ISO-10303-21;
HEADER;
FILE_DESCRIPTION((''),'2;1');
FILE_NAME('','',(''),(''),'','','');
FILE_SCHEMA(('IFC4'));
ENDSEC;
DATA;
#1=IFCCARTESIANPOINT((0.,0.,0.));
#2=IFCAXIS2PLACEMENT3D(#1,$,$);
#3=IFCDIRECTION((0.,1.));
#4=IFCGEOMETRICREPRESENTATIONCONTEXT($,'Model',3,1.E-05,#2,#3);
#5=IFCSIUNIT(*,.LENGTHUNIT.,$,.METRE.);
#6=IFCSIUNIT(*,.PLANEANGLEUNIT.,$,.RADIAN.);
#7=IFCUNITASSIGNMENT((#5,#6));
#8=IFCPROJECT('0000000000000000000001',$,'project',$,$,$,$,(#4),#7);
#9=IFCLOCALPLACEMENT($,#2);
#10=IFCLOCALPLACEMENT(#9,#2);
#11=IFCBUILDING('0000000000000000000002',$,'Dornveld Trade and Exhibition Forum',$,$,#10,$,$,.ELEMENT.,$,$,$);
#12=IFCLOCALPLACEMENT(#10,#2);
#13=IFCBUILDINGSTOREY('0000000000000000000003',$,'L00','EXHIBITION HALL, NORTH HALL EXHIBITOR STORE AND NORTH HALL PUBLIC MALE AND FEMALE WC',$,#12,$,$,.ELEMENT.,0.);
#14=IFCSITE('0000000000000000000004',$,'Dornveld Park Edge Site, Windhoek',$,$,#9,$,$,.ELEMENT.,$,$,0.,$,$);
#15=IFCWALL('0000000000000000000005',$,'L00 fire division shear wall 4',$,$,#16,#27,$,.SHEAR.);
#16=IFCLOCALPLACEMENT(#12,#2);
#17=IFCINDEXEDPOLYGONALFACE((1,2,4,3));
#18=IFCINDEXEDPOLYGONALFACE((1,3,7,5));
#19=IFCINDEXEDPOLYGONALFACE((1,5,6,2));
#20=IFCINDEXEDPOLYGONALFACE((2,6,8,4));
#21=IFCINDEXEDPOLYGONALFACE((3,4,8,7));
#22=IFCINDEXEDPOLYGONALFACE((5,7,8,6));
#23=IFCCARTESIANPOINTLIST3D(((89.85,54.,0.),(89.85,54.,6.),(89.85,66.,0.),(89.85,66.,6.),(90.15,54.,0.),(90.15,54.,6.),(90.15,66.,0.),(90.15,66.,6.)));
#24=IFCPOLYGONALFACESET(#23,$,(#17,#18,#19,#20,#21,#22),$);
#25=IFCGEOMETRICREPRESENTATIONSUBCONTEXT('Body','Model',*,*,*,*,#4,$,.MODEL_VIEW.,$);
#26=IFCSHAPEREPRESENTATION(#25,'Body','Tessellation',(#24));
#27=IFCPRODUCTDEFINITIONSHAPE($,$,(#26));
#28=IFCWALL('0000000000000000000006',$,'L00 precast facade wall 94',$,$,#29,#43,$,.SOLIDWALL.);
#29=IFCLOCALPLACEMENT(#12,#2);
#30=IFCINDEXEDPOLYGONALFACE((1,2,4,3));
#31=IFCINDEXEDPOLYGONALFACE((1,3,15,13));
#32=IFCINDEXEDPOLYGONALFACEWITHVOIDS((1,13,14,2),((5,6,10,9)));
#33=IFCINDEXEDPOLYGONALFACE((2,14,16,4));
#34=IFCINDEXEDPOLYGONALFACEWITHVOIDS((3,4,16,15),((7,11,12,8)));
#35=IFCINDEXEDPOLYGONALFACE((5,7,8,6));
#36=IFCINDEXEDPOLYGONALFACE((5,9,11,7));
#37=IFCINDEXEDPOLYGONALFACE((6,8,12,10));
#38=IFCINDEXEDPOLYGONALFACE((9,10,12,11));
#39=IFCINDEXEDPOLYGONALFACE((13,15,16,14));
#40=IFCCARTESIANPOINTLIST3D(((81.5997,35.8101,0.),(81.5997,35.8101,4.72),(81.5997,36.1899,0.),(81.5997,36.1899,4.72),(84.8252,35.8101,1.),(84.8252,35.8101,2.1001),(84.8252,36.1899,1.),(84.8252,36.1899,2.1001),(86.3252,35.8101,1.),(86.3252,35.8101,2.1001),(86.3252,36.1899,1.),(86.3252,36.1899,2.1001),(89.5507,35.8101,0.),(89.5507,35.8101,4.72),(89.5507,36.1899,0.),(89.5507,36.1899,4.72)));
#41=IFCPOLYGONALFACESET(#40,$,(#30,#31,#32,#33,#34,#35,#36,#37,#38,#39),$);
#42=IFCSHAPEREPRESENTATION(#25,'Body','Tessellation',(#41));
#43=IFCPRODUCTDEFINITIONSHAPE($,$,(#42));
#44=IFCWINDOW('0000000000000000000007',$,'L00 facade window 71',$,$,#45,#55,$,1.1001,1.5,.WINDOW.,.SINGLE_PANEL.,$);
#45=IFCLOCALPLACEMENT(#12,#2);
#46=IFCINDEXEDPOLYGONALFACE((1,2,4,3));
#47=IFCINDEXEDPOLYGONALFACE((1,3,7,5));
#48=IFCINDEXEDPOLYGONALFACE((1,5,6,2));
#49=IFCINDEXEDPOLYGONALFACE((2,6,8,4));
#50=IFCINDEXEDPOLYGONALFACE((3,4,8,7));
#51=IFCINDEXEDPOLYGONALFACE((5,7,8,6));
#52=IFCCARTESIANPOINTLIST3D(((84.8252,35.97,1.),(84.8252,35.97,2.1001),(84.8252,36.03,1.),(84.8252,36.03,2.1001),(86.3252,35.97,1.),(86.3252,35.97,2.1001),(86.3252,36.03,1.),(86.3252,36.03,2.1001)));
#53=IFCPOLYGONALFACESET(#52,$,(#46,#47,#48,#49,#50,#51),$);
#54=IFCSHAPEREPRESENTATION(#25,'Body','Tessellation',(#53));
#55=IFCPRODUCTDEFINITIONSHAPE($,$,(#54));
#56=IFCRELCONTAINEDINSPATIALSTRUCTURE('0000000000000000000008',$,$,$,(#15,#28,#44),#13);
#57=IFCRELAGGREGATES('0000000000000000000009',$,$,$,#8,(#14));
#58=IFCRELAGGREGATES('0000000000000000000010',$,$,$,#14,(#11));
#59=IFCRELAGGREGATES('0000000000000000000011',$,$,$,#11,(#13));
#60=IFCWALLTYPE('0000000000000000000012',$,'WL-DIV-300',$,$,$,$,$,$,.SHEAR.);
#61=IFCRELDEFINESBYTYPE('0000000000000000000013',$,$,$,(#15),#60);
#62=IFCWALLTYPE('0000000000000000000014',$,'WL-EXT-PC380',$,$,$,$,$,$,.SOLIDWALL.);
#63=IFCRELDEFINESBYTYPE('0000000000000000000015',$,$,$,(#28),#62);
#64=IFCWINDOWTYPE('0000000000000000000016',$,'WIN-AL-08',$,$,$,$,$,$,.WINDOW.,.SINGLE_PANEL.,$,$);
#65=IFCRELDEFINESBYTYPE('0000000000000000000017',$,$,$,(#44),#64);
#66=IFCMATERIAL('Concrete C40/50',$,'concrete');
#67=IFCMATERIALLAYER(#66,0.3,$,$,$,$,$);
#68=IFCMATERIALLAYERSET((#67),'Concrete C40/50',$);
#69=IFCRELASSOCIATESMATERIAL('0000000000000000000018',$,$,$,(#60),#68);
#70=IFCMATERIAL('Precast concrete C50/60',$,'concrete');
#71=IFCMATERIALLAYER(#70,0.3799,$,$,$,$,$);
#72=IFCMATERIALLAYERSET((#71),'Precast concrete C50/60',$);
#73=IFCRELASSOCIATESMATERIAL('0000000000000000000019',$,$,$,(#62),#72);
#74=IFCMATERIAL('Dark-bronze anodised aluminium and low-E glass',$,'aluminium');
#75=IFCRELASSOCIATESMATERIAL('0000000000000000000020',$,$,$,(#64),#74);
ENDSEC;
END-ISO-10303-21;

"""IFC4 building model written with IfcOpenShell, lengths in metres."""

from ifc_helpers import new_model, si_unit, direction, frame, frame_2d, origin, place, context, subcontext, project, spatial, rectangle, extrude, material, layer, layer_set, type_object, element, fill, save


model = new_model("IFC4")

# Units and contexts
model_context = context("Model", 3, precision=1e-05, world=origin(), true_north=direction((0.0, 1.0)))
body_context = subcontext(model_context, "Body", "Model", "MODEL_VIEW")
ifc_project = project(units=[si_unit("LENGTHUNIT", "METRE"), si_unit("PLANEANGLEUNIT", "RADIAN")], contexts=[model_context])

# Site, building, storey
site_placement = place(None, origin())
site = spatial("IfcSite", under=ifc_project, at=site_placement, Name="Dornveld Park Edge Site, Windhoek", CompositionType="ELEMENT", RefElevation=0.0)
building_placement = place(site_placement, origin())
building = spatial("IfcBuilding", under=site, at=building_placement, Name="Dornveld Trade and Exhibition Forum", CompositionType="ELEMENT")
storey_placement = place(building_placement, origin())
storey = spatial("IfcBuildingStorey", under=building, at=storey_placement, Name="L00", Description="EXHIBITION HALL, NORTH HALL EXHIBITOR STORE AND NORTH HALL PUBLIC MALE AND FEMALE WC", CompositionType="ELEMENT", Elevation=0.0)

# Wall
ifc_material_1 = material(Name="Concrete C40/50", Category="concrete")
ifc_layer_1 = layer(ifc_material_1, 0.3)
ifc_layer_set_1 = layer_set([ifc_layer_1], Name="Concrete C40/50")
wall_type_1 = type_object("IfcWallType", Name="WL-DIV-300", PredefinedType="SHEAR", material=ifc_layer_set_1)
wall_1_placement = place(storey_placement, frame((90.0, 54.0, 0.0), z_axis=(0.0, 0.0, 1.0), x_axis=(0.0, 1.0, 0.0)))
element("IfcWall", 1, at=wall_1_placement, inside=storey, type_object=wall_type_1, Name="L00 fire division shear wall 4", PredefinedType="SHEAR", context=body_context, shape_type="SweptSolid", body=[
    extrude(rectangle(XDim=12.0, YDim=0.3, at=frame_2d((6.0, 0.0))), origin(), (0.0, 0.0, 1.0), 6.0),
])

# Wall, opening, window
ifc_material_2 = material(Name="Precast concrete C50/60", Category="concrete")
ifc_layer_2 = layer(ifc_material_2, 0.3799)
ifc_layer_set_2 = layer_set([ifc_layer_2], Name="Precast concrete C50/60")
wall_type_2 = type_object("IfcWallType", Name="WL-EXT-PC380", PredefinedType="SOLIDWALL", material=ifc_layer_set_2)
wall_2_placement = place(storey_placement, frame((81.5996, 36.0, 0.0), z_axis=(0.0, 0.0, 1.0), x_axis=(1.0, 0.0, 0.0)))
wall_2 = element("IfcWall", 2, at=wall_2_placement, inside=storey, type_object=wall_type_2, Name="L00 precast facade wall 94", PredefinedType="SOLIDWALL", context=body_context, shape_type="SweptSolid", body=[
    extrude(rectangle(XDim=7.9509, YDim=0.3799, at=frame_2d((3.9756, 0.0))), origin(), (0.0, 0.0, 1.0), 4.72),
])
opening_placement = place(wall_2_placement, frame((3.2256, 0.0, 1.0)))
opening = element("IfcOpeningElement", 3, at=opening_placement, cuts=wall_2, PredefinedType="OPENING", context=body_context, shape_type="SweptSolid", body=[
    extrude(rectangle(XDim=1.5, YDim=1.1001, at=frame_2d((0.75, 0.55))), frame((0.0, 0.2, 0.0), z_axis=(0.0, -1.0, 0.0), x_axis=(1.0, 0.0, 0.0)), (0.0, 0.0, 1.0), 0.3999),
])
ifc_material_3 = material(Name="Dark-bronze anodised aluminium and low-E glass", Category="aluminium")
window_type = type_object("IfcWindowType", Name="WIN-AL-08", PartitioningType="SINGLE_PANEL", PredefinedType="WINDOW", material=ifc_material_3)
window_placement = place(opening_placement, origin())
window = element("IfcWindow", 4, at=window_placement, inside=storey, type_object=window_type, Name="L00 facade window 71", OverallHeight=1.1001, OverallWidth=1.5, PartitioningType="SINGLE_PANEL", PredefinedType="WINDOW", context=body_context, shape_type="SweptSolid", body=[
    extrude(rectangle(XDim=1.5, YDim=1.1001, at=frame_2d((0.75, 0.55))), frame((0.0, 0.03, 0.0), z_axis=(0.0, -1.0, 0.0), x_axis=(1.0, 0.0, 0.0)), (0.0, 0.0, 1.0), 0.0601),
])
fill(opening, window)

save(model, "model.ifc")
